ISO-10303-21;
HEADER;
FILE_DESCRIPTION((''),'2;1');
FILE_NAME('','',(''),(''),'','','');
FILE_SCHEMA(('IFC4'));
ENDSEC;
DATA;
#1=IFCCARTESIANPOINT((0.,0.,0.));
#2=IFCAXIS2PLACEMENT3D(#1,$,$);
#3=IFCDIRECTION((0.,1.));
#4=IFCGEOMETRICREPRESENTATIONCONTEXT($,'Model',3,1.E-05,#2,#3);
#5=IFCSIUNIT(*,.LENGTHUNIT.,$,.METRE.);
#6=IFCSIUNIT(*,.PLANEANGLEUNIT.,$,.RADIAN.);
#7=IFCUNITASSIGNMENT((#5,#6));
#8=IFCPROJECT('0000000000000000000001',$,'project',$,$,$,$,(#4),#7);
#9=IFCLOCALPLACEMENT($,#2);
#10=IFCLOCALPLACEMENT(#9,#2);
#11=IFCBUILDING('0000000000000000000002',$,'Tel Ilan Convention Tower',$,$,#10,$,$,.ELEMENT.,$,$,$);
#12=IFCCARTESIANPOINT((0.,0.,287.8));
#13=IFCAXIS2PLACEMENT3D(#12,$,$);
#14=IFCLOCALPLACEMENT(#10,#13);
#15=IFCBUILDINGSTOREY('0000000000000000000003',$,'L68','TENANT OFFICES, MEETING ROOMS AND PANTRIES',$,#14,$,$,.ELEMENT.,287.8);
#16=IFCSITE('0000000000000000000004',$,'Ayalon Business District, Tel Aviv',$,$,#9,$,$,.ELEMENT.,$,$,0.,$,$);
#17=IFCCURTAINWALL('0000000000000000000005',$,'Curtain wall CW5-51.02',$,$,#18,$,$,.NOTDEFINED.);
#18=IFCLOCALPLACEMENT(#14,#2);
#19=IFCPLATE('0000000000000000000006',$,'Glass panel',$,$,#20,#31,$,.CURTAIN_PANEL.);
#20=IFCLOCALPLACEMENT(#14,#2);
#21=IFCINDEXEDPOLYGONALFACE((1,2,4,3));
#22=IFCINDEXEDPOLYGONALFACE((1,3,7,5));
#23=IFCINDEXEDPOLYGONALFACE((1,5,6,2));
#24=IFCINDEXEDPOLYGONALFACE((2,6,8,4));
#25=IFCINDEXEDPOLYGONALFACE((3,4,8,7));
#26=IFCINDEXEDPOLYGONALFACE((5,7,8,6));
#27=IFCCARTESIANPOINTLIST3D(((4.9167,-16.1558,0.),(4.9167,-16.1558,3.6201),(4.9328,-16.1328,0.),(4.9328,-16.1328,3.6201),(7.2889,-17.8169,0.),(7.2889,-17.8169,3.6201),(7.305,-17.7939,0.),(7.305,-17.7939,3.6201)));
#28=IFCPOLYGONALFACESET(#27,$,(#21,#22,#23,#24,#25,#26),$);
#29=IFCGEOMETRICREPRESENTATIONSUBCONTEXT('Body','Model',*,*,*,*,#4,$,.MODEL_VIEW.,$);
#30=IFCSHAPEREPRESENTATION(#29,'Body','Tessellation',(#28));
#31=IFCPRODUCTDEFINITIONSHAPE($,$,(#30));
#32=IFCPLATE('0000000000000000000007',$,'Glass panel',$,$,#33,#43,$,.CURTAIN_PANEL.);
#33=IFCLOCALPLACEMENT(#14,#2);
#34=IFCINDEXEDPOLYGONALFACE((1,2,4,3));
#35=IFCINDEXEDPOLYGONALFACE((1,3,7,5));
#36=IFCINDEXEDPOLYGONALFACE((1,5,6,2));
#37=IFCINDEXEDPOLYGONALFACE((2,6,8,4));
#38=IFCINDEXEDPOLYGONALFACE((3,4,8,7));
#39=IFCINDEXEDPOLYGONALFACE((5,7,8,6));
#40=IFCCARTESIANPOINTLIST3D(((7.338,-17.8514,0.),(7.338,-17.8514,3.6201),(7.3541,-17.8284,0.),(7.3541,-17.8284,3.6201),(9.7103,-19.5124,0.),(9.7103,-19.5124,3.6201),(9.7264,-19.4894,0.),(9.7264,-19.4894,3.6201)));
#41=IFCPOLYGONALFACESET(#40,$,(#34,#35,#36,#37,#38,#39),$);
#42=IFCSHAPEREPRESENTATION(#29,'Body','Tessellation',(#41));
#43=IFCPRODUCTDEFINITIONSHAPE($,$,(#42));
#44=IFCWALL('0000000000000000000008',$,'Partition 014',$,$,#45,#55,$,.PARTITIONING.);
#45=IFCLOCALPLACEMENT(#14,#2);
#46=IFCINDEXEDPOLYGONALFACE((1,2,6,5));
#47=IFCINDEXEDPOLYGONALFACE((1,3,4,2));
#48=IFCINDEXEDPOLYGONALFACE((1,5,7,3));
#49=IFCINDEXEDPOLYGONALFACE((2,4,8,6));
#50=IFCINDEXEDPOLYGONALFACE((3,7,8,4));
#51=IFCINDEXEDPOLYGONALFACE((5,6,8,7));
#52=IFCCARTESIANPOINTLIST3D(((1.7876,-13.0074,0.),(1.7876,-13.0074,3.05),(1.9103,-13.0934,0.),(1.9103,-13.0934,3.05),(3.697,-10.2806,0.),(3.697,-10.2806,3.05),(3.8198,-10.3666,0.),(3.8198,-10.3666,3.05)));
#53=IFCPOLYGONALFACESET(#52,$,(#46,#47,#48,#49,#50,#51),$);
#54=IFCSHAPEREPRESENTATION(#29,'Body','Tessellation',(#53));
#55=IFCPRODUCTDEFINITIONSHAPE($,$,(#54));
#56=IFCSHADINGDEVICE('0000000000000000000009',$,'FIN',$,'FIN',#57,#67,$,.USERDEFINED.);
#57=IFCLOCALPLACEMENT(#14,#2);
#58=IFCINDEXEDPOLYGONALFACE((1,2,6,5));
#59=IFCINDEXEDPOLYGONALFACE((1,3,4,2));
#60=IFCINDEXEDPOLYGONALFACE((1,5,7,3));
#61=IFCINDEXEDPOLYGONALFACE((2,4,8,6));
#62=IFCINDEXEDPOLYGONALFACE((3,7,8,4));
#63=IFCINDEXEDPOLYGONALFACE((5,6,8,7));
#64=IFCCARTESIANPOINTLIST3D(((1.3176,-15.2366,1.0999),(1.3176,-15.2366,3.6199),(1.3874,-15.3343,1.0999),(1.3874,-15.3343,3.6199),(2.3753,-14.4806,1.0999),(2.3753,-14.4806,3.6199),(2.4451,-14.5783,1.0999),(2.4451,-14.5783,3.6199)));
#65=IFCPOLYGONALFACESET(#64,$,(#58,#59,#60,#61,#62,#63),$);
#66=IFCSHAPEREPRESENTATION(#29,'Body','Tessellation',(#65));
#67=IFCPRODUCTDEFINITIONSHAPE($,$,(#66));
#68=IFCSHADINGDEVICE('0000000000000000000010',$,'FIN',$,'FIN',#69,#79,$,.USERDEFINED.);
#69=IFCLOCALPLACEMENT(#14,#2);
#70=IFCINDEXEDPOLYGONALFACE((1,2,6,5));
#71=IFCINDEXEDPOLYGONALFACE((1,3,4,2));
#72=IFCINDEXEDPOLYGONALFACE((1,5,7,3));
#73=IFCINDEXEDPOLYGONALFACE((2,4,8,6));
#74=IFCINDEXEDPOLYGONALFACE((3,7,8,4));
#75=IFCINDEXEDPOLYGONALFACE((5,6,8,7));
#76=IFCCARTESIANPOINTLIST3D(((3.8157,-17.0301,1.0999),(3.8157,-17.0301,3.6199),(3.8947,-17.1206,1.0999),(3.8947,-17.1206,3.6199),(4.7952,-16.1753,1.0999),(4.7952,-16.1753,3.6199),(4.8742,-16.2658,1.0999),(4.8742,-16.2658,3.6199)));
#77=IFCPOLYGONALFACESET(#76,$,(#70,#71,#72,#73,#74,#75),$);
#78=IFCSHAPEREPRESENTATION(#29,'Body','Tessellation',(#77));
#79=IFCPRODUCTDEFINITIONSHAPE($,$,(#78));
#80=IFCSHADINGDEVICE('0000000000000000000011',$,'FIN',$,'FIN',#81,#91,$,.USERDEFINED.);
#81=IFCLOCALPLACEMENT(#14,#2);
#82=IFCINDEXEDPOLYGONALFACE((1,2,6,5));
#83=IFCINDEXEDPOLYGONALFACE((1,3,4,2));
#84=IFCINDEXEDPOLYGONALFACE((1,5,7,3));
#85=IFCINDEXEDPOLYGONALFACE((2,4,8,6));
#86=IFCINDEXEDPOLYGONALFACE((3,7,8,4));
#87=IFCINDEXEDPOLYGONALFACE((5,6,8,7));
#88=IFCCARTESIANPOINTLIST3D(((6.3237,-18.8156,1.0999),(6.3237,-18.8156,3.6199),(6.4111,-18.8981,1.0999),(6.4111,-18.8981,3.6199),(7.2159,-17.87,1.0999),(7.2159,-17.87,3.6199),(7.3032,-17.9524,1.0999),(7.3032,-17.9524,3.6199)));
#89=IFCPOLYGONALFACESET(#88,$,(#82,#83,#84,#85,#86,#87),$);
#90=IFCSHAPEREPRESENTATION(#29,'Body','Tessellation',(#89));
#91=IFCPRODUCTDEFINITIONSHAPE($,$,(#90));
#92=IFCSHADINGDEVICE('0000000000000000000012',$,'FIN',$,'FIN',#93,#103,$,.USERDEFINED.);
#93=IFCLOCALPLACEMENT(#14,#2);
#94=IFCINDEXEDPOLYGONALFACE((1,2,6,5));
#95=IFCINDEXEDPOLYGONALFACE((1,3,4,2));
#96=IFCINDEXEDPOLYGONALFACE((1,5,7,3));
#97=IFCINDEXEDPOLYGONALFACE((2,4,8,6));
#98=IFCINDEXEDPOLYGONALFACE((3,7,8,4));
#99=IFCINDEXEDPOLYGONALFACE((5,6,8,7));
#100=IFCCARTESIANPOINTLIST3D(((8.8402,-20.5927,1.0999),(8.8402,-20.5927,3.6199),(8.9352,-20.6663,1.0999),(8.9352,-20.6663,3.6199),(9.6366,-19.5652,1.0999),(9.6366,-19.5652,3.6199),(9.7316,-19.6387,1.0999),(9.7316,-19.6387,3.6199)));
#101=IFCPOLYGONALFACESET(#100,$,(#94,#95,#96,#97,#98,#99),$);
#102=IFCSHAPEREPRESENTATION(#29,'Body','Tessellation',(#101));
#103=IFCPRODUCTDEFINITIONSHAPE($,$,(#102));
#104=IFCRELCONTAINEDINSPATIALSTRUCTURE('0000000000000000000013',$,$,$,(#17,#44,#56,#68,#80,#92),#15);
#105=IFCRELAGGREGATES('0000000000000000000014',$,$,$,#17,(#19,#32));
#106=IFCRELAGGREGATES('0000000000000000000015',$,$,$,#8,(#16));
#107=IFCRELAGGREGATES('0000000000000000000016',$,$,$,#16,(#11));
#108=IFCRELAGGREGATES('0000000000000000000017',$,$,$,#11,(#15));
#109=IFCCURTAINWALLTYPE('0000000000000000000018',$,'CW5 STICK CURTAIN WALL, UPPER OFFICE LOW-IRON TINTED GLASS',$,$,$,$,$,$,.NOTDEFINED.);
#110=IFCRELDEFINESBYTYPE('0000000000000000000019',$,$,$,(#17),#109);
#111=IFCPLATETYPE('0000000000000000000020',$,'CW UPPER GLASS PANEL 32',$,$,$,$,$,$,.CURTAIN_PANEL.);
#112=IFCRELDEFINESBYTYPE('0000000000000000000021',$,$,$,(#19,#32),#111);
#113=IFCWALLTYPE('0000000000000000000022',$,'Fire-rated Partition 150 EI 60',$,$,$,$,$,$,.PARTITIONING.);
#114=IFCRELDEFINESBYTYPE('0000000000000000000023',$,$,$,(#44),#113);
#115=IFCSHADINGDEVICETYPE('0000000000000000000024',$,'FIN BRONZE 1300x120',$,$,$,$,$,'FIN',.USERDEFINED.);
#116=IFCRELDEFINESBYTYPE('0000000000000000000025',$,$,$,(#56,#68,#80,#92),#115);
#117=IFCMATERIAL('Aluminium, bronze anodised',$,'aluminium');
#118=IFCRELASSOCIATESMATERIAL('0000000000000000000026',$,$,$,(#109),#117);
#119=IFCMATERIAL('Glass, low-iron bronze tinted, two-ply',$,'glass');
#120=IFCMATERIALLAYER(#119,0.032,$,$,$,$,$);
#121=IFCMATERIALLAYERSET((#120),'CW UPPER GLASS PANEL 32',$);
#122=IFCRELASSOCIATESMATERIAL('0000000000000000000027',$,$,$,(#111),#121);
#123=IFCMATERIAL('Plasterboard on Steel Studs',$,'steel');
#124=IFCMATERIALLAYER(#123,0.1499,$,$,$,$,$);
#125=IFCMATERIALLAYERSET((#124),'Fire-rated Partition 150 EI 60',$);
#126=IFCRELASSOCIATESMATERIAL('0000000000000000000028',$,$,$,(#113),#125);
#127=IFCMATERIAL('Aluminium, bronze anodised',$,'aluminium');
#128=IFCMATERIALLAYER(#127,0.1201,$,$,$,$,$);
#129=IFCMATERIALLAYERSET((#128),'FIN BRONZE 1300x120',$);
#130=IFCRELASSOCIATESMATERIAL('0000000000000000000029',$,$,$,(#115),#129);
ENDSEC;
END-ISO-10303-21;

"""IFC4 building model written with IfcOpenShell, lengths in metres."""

from ifc_helpers import new_model, si_unit, direction, frame, frame_2d, origin, origin_2d, place, context, subcontext, project, spatial, rectangle, extrude, material, layer, layer_set, type_object, element, aggregate, save


model = new_model("IFC4")

# Units and contexts
model_context = context("Model", 3, precision=1e-05, world=origin(), true_north=direction((0.0, 1.0)))
body_context = subcontext(model_context, "Body", "Model", "MODEL_VIEW")
ifc_project = project(units=[si_unit("LENGTHUNIT", "METRE"), si_unit("PLANEANGLEUNIT", "RADIAN")], contexts=[model_context])

# Site, building, storey
site_placement = place(None, origin())
site = spatial("IfcSite", under=ifc_project, at=site_placement, Name="Ayalon Business District, Tel Aviv", CompositionType="ELEMENT", RefElevation=0.0)
building_placement = place(site_placement, origin())
building = spatial("IfcBuilding", under=site, at=building_placement, Name="Tel Ilan Convention Tower", CompositionType="ELEMENT")
storey_placement = place(building_placement, frame((0.0, 0.0, 287.8)))
storey = spatial("IfcBuildingStorey", under=building, at=storey_placement, Name="L68", Description="TENANT OFFICES, MEETING ROOMS AND PANTRIES", CompositionType="ELEMENT", Elevation=287.8)

# Curtain wall, plates
ifc_material_1 = material(Name="Aluminium, bronze anodised", Category="aluminium")
curtain_wall_type = type_object("IfcCurtainWallType", Name="CW5 STICK CURTAIN WALL, UPPER OFFICE LOW-IRON TINTED GLASS", PredefinedType="NOTDEFINED", material=ifc_material_1)
curtain_wall_placement = place(storey_placement, origin())
curtain_wall = element("IfcCurtainWall", 1, at=curtain_wall_placement, inside=storey, type_object=curtain_wall_type, Name="Curtain wall CW5-51.02", PredefinedType="NOTDEFINED")
ifc_material_2 = material(Name="Glass, low-iron bronze tinted, two-ply", Category="glass")
ifc_layer_1 = layer(ifc_material_2, 0.032)
ifc_layer_set_1 = layer_set([ifc_layer_1], Name="CW UPPER GLASS PANEL 32")
plate_type = type_object("IfcPlateType", Name="CW UPPER GLASS PANEL 32", PredefinedType="CURTAIN_PANEL", material=ifc_layer_set_1)
plate_1_placement = place(storey_placement, frame((6.1108, -16.9749, 0.0), z_axis=(0.0, 0.0, 1.0), x_axis=(0.819152, -0.573576, 0.0)))
plate_1 = element("IfcPlate", 2, at=plate_1_placement, type_object=plate_type, Name="Glass panel", PredefinedType="CURTAIN_PANEL", context=body_context, shape_type="SweptSolid", body=[
    extrude(rectangle(XDim=2.896, YDim=0.0281, at=origin_2d()), origin(), (0.0, 0.0, 1.0), 3.6201),
])
plate_2_placement = place(storey_placement, frame((8.5322, -18.6704, 0.0), z_axis=(0.0, 0.0, 1.0), x_axis=(0.819152, -0.573576, 0.0)))
plate_2 = element("IfcPlate", 3, at=plate_2_placement, type_object=plate_type, Name="Glass panel", PredefinedType="CURTAIN_PANEL", context=body_context, shape_type="SweptSolid", body=[
    extrude(rectangle(XDim=2.896, YDim=0.0281, at=origin_2d()), origin(), (0.0, 0.0, 1.0), 3.6201),
])
aggregate(curtain_wall, [plate_1, plate_2])

# Wall
ifc_material_3 = material(Name="Plasterboard on Steel Studs", Category="steel")
ifc_layer_2 = layer(ifc_material_3, 0.1499)
ifc_layer_set_2 = layer_set([ifc_layer_2], Name="Fire-rated Partition 150 EI 60")
wall_type = type_object("IfcWallType", Name="Fire-rated Partition 150 EI 60", PredefinedType="PARTITIONING", material=ifc_layer_set_2)
wall_placement = place(storey_placement, frame((1.8489, -13.0505, 0.0), z_axis=(0.0, 0.0, 1.0), x_axis=(0.573595, 0.819139, 0.0)))
element("IfcWall", 4, at=wall_placement, inside=storey, type_object=wall_type, Name="Partition 014", PredefinedType="PARTITIONING", context=body_context, shape_type="SweptSolid", body=[
    extrude(rectangle(XDim=3.3289, YDim=0.1499, at=frame_2d((1.6646, 0.0))), origin(), (0.0, 0.0, 1.0), 3.05),
])

# Shading devices
ifc_material_4 = material(Name="Aluminium, bronze anodised", Category="aluminium")
ifc_layer_3 = layer(ifc_material_4, 0.1201)
ifc_layer_set_3 = layer_set([ifc_layer_3], Name="FIN BRONZE 1300x120")
shading_device_type = type_object("IfcShadingDeviceType", Name="FIN BRONZE 1300x120", ElementType="FIN", PredefinedType="USERDEFINED", material=ifc_layer_set_3)
for number, where, z_axis, x_axis, name in (
    (5, (1.8813, -14.9075, 1.0999), (0.0, 0.0, 1.0), (-0.813552, -0.581492, 0.0), "FIN"),
    (6, (4.345, -16.6479, 1.0999), (0.0, 0.0, 1.0), (-0.753436, -0.657521, 0.0), "FIN"),
    (7, (6.8135, -18.384, 1.0999), (0.0, 0.0, 1.0), (-0.686242, -0.727374, 0.0), "FIN"),
    (8, (9.2859, -20.1157, 1.0999), (0.0, 0.0, 1.0), (-0.612601, -0.790393, 0.0), "FIN"),
):
    element("IfcShadingDevice", number, at=place(storey_placement, frame(where, z_axis=z_axis, x_axis=x_axis)), inside=storey, type_object=shading_device_type, Name=name, ObjectType="FIN", PredefinedType="USERDEFINED", context=body_context, shape_type="SweptSolid", body=[
        extrude(rectangle(XDim=1.3, YDim=0.1201, at=origin_2d()), origin(), (0.0, 0.0, 1.0), 2.52),
    ])

save(model, "model.ifc")
